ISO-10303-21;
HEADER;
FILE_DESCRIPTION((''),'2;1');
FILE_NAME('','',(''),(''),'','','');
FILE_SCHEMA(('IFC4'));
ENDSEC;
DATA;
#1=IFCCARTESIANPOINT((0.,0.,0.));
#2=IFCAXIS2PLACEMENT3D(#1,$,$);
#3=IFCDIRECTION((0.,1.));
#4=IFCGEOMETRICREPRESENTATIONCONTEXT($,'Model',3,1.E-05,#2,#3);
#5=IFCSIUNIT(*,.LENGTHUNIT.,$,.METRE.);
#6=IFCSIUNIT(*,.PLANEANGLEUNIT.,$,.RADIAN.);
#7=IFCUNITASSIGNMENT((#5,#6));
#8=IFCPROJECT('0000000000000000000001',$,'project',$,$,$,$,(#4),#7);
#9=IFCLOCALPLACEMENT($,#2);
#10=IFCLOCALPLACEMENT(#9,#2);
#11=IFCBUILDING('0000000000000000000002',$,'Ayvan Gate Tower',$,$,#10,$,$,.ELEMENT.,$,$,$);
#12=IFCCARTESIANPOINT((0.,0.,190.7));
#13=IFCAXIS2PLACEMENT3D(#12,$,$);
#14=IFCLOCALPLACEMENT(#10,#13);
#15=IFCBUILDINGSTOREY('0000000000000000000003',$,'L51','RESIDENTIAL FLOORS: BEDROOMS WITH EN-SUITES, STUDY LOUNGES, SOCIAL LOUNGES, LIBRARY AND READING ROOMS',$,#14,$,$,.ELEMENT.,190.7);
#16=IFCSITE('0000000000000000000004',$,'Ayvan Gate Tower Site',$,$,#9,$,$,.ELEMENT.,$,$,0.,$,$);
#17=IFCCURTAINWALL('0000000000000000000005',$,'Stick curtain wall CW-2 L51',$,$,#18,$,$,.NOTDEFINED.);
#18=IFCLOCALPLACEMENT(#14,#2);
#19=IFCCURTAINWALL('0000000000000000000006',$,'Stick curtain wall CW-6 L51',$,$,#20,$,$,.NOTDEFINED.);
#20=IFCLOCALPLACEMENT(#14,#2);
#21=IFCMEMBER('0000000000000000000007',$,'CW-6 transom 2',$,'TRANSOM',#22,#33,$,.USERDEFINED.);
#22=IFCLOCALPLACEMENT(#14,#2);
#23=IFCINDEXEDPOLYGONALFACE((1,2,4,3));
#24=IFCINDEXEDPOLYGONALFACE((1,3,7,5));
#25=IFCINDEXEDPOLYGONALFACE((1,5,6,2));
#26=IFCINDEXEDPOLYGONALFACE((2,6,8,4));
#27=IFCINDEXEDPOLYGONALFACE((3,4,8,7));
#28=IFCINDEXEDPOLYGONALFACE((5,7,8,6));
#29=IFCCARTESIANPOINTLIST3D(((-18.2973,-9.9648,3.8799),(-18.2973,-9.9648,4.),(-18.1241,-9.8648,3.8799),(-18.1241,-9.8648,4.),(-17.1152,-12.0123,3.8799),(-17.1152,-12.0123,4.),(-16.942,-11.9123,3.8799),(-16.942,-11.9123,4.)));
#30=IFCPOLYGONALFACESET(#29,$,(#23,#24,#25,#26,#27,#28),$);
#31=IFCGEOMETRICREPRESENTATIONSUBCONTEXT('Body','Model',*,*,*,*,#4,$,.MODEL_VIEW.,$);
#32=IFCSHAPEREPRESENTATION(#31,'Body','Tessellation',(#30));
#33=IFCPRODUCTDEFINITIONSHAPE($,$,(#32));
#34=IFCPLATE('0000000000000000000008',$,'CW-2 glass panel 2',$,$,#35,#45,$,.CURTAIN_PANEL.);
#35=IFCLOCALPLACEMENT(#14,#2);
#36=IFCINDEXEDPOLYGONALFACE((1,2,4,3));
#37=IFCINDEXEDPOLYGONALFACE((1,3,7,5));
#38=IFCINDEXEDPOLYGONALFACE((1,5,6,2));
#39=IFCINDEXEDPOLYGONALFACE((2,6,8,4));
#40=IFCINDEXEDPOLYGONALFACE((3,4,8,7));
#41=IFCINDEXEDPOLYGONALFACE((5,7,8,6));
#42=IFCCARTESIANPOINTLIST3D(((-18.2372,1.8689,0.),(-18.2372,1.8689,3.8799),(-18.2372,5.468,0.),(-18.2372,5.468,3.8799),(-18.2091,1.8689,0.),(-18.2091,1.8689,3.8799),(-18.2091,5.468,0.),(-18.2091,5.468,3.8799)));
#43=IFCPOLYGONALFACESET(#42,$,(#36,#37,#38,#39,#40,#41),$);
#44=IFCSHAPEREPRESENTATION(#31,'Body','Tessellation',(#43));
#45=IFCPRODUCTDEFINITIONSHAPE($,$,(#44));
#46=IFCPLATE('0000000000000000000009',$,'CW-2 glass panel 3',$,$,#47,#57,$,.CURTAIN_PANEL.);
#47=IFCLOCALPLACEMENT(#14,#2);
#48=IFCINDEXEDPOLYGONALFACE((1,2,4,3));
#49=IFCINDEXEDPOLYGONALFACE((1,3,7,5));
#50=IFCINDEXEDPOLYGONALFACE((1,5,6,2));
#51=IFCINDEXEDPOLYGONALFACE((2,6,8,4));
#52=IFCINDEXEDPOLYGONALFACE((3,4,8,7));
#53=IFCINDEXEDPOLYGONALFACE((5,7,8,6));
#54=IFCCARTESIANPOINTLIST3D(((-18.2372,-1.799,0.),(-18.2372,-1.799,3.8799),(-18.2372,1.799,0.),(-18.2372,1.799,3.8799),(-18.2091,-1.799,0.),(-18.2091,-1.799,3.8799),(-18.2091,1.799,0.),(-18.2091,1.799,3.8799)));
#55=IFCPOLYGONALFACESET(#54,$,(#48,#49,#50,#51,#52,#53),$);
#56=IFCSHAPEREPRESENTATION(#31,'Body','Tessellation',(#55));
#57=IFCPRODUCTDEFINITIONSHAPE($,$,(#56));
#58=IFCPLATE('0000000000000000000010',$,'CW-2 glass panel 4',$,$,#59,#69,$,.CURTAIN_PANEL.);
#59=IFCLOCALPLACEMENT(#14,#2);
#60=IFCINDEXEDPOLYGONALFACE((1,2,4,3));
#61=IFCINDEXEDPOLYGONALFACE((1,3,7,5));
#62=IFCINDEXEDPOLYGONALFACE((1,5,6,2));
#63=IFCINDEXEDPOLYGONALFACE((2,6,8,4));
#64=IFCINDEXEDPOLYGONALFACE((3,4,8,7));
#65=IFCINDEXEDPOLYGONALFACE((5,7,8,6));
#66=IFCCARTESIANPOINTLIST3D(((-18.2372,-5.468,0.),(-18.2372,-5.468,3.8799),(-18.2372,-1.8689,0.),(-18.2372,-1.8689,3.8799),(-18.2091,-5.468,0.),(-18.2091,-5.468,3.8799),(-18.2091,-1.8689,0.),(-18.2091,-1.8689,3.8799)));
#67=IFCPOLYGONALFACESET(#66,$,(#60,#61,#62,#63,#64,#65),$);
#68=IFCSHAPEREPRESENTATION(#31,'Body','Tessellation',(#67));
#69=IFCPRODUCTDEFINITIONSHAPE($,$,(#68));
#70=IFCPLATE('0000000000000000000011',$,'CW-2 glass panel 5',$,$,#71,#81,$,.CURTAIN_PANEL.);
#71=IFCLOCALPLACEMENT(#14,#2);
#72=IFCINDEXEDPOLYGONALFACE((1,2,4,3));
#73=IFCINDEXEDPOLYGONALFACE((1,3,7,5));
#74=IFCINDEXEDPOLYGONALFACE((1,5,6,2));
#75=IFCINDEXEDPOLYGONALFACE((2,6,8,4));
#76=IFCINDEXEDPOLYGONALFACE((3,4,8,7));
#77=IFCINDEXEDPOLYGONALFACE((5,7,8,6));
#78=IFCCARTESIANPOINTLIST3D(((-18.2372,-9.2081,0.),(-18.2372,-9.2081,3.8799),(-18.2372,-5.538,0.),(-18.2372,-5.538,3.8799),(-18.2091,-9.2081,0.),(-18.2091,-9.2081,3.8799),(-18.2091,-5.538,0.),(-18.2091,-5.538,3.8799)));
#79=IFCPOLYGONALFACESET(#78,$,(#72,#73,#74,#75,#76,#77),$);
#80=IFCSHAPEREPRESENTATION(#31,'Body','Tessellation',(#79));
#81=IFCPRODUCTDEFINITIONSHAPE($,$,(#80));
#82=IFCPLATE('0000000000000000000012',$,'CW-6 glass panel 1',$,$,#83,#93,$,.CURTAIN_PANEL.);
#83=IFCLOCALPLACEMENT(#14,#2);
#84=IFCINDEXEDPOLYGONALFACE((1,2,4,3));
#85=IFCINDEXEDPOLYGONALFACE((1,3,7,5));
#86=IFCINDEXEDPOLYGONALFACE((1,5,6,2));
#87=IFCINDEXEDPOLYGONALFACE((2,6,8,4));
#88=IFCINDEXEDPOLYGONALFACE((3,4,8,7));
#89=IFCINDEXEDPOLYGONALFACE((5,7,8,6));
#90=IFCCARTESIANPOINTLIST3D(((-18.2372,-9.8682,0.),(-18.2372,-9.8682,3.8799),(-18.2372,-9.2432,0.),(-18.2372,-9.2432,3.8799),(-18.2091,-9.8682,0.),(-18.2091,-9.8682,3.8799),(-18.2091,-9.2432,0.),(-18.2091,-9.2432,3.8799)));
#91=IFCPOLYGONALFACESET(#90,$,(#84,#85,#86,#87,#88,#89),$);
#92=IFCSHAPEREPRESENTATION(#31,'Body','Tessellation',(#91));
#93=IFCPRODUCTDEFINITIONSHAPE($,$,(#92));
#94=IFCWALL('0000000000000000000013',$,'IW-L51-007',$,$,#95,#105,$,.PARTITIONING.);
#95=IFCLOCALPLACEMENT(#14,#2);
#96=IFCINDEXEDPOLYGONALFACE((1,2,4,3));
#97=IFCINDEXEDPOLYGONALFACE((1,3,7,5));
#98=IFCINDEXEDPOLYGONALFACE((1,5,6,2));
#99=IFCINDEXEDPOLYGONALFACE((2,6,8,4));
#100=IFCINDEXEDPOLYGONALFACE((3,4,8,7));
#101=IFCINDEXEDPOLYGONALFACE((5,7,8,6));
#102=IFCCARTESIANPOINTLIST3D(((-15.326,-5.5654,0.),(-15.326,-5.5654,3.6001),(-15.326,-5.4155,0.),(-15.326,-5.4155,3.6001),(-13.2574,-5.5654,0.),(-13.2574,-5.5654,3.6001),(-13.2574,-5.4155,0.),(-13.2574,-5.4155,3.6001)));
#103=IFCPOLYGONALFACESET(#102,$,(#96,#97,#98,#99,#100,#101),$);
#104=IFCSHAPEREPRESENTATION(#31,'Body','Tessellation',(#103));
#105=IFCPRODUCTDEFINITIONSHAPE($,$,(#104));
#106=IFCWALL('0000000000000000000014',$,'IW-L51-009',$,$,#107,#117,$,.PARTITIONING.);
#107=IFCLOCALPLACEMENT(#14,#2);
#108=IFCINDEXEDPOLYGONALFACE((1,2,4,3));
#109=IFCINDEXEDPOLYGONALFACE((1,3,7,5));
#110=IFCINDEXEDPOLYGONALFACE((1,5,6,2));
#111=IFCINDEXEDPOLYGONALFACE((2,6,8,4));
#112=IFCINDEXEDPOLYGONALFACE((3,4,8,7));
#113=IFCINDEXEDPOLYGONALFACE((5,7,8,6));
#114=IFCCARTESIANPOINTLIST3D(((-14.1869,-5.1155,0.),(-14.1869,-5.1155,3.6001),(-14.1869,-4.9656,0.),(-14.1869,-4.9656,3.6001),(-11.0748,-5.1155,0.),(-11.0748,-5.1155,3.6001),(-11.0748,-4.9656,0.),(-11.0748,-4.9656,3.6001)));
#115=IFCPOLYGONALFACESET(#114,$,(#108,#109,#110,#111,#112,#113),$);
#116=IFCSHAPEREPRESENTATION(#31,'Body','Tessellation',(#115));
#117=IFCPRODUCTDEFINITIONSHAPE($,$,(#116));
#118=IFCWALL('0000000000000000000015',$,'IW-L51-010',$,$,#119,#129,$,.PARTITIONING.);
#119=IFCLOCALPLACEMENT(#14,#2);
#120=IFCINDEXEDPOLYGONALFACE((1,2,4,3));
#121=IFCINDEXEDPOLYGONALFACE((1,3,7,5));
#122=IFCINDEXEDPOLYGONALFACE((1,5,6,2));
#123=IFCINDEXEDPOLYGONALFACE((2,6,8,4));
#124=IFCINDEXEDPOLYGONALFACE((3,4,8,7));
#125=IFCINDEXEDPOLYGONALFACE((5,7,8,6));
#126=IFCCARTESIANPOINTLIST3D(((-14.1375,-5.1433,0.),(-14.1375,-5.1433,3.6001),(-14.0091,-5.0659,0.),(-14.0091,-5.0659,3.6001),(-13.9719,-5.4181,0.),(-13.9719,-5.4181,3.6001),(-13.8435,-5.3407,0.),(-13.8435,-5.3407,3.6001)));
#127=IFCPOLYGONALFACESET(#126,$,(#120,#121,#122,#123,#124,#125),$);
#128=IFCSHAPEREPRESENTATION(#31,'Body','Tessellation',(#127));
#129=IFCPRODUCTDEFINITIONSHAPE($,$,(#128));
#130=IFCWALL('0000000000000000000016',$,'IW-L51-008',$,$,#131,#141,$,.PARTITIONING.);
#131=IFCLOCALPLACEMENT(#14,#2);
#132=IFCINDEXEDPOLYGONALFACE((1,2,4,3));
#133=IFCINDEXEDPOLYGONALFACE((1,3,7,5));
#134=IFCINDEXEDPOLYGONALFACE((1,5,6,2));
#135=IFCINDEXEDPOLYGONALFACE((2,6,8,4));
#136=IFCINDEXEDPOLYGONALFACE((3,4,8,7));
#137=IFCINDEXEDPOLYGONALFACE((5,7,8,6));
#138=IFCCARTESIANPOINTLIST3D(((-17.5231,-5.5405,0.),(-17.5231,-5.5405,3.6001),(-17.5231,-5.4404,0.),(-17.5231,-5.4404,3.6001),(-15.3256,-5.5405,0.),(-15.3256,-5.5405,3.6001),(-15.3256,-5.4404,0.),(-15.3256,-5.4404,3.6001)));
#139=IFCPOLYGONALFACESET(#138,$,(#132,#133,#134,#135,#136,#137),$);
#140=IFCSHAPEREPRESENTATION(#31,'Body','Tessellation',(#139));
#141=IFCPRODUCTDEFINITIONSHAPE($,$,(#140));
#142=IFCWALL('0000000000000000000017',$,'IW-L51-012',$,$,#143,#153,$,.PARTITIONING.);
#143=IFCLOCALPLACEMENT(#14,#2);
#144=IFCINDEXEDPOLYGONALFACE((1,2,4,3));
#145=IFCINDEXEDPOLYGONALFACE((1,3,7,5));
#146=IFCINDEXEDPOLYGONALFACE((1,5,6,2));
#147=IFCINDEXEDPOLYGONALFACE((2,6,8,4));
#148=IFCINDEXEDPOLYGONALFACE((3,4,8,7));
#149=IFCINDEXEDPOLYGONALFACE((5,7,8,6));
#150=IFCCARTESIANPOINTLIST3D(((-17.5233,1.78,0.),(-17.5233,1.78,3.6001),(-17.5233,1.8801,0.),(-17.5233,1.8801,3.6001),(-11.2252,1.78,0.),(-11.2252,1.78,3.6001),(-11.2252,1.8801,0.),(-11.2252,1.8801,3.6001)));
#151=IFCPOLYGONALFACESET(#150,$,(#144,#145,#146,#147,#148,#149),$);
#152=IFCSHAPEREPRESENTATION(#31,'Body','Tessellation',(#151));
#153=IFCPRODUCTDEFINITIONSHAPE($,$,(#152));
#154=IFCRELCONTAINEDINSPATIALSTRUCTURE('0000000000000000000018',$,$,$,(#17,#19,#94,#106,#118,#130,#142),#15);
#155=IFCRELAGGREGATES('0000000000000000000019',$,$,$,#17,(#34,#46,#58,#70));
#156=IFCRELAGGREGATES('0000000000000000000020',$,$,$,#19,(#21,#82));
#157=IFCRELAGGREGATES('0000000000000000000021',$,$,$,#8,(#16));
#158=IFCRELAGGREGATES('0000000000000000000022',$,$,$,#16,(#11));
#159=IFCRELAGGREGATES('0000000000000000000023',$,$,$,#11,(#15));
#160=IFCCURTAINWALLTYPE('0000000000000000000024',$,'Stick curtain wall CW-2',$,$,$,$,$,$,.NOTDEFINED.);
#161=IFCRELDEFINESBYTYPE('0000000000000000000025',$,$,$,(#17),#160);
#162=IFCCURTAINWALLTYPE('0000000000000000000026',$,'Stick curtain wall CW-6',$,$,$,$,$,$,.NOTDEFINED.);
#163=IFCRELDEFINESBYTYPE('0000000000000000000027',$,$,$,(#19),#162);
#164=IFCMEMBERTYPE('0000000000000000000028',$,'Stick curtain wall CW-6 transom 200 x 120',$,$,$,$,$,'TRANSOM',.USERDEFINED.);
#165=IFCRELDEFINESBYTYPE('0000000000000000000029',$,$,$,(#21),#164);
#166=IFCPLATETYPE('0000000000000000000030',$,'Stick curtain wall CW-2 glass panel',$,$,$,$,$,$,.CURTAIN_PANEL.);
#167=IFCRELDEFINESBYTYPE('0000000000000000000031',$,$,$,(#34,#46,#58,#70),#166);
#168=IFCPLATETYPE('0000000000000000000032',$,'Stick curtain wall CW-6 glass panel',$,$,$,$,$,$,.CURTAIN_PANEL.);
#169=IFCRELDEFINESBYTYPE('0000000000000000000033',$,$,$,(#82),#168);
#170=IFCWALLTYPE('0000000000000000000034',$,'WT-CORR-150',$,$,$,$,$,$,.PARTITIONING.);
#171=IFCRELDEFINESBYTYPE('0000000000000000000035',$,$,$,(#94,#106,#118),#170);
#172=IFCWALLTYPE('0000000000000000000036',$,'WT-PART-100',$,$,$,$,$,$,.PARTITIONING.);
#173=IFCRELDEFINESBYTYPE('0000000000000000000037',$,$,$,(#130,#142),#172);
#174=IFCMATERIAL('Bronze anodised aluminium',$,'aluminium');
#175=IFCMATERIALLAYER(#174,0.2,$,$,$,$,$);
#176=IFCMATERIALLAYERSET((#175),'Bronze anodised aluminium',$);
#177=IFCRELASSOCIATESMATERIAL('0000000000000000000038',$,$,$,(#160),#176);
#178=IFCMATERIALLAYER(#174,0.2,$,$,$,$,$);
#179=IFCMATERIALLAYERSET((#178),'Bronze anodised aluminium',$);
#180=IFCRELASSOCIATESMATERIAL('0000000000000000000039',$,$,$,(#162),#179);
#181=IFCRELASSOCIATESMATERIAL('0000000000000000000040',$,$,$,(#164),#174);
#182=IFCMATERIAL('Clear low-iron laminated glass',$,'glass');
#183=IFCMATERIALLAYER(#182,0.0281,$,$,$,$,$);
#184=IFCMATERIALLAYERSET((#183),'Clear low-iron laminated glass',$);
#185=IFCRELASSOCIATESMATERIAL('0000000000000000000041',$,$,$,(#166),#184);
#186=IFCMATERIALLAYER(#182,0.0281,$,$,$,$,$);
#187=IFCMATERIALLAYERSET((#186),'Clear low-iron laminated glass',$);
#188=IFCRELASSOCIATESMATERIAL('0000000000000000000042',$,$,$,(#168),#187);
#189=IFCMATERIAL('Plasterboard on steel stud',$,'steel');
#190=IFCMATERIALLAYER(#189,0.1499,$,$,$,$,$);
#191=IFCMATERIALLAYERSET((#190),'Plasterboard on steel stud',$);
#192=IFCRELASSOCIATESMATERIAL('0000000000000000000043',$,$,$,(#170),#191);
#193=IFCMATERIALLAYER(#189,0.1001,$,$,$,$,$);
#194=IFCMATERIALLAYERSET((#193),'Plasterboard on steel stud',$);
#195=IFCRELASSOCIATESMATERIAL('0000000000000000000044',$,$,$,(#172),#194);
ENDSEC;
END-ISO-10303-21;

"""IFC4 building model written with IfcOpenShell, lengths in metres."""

from ifc_helpers import new_model, si_unit, direction, frame, frame_2d, origin, origin_2d, place, context, subcontext, project, spatial, rectangle, extrude, material, layer, layer_set, material_profile, profile_set, type_object, element, aggregate, save


model = new_model("IFC4")

# Units and contexts
model_context = context("Model", 3, precision=1e-05, world=origin(), true_north=direction((0.0, 1.0)))
body_context = subcontext(model_context, "Body", "Model", "MODEL_VIEW")
ifc_project = project(units=[si_unit("LENGTHUNIT", "METRE"), si_unit("PLANEANGLEUNIT", "RADIAN")], contexts=[model_context])

# Site, building, storey
site_placement = place(None, origin())
site = spatial("IfcSite", under=ifc_project, at=site_placement, Name="Ayvan Gate Tower Site", CompositionType="ELEMENT", RefElevation=0.0)
building_placement = place(site_placement, origin())
building = spatial("IfcBuilding", under=site, at=building_placement, Name="Ayvan Gate Tower", CompositionType="ELEMENT")
storey_placement = place(building_placement, frame((0.0, 0.0, 190.7)))
storey = spatial("IfcBuildingStorey", under=building, at=storey_placement, Name="L51", Description="RESIDENTIAL FLOORS: BEDROOMS WITH EN-SUITES, STUDY LOUNGES, SOCIAL LOUNGES, LIBRARY AND READING ROOMS", CompositionType="ELEMENT", Elevation=190.7)

# Curtain walls, member
ifc_material_1 = material(Name="Bronze anodised aluminium", Category="aluminium")
ifc_layer_1 = layer(ifc_material_1, 0.2)
ifc_layer_set_1 = layer_set([ifc_layer_1], Name="Bronze anodised aluminium")
curtain_wall_type_1 = type_object("IfcCurtainWallType", Name="Stick curtain wall CW-2", PredefinedType="NOTDEFINED", material=ifc_layer_set_1)
curtain_wall_1_placement = place(storey_placement, origin())
curtain_wall_1 = element("IfcCurtainWall", 1, at=curtain_wall_1_placement, inside=storey, type_object=curtain_wall_type_1, Name="Stick curtain wall CW-2 L51", PredefinedType="NOTDEFINED")
ifc_layer_2 = layer(ifc_material_1, 0.2)
ifc_layer_set_2 = layer_set([ifc_layer_2], Name="Bronze anodised aluminium")
curtain_wall_type_2 = type_object("IfcCurtainWallType", Name="Stick curtain wall CW-6", PredefinedType="NOTDEFINED", material=ifc_layer_set_2)
curtain_wall_2_placement = place(storey_placement, origin())
curtain_wall_2 = element("IfcCurtainWall", 2, at=curtain_wall_2_placement, inside=storey, type_object=curtain_wall_type_2, Name="Stick curtain wall CW-6 L51", PredefinedType="NOTDEFINED")
ifc_material_profile_1 = material_profile(ifc_material_1, rectangle(XDim=0.2, YDim=0.1201, at=origin_2d()), Name="Stick curtain wall CW-6 transom 200 x 120")
ifc_profile_set_1 = profile_set([ifc_material_profile_1], Name="Bronze anodised aluminium")
member_type_1 = type_object("IfcMemberType", Name="Stick curtain wall CW-6 transom 200 x 120", ElementType="TRANSOM", PredefinedType="USERDEFINED", material=ifc_profile_set_1)
member_1_placement = place(storey_placement, frame((-18.2107, -9.9148, 3.9399), z_axis=(0.499982, -0.866036, 0.0), x_axis=(0.866036, 0.499982, 0.0)))
member_1 = element("IfcMember", 3, at=member_1_placement, type_object=member_type_1, Name="CW-6 transom 2", ObjectType="TRANSOM", PredefinedType="USERDEFINED", context=body_context, shape_type="SweptSolid", body=[
    extrude(rectangle(XDim=0.2, YDim=0.1201, at=origin_2d()), origin(), (0.0, 0.0, 1.0), 2.3643),
])

# Plates
ifc_material_2 = material(Name="Clear low-iron laminated glass", Category="glass")
ifc_layer_3 = layer(ifc_material_2, 0.0281)
ifc_layer_set_3 = layer_set([ifc_layer_3], Name="Clear low-iron laminated glass")
plate_type_1 = type_object("IfcPlateType", Name="Stick curtain wall CW-2 glass panel", PredefinedType="CURTAIN_PANEL", material=ifc_layer_set_3)
plate_1_placement = place(storey_placement, frame((-18.2231, 3.6685, 0.0), z_axis=(0.0, 0.0, 1.0), x_axis=(0.0, -1.0, 0.0)))
plate_1 = element("IfcPlate", 4, at=plate_1_placement, type_object=plate_type_1, Name="CW-2 glass panel 2", PredefinedType="CURTAIN_PANEL", context=body_context, shape_type="SweptSolid", body=[
    extrude(rectangle(XDim=3.5991, YDim=0.0281, at=origin_2d()), origin(), (0.0, 0.0, 1.0), 3.8799),
])
plate_2_placement = place(storey_placement, frame((-18.2231, 0.0, 0.0), z_axis=(0.0, 0.0, 1.0), x_axis=(0.0, -1.0, 0.0)))
plate_2 = element("IfcPlate", 5, at=plate_2_placement, type_object=plate_type_1, Name="CW-2 glass panel 3", PredefinedType="CURTAIN_PANEL", context=body_context, shape_type="SweptSolid", body=[
    extrude(rectangle(XDim=3.5979, YDim=0.0281, at=origin_2d()), origin(), (0.0, 0.0, 1.0), 3.8799),
])
plate_3_placement = place(storey_placement, frame((-18.2231, -3.6685, 0.0), z_axis=(0.0, 0.0, 1.0), x_axis=(0.0, -1.0, 0.0)))
plate_3 = element("IfcPlate", 6, at=plate_3_placement, type_object=plate_type_1, Name="CW-2 glass panel 4", PredefinedType="CURTAIN_PANEL", context=body_context, shape_type="SweptSolid", body=[
    extrude(rectangle(XDim=3.5991, YDim=0.0281, at=origin_2d()), origin(), (0.0, 0.0, 1.0), 3.8799),
])
plate_4_placement = place(storey_placement, frame((-18.2231, -7.373, 0.0), z_axis=(0.0, 0.0, 1.0), x_axis=(0.0, -1.0, 0.0)))
plate_4 = element("IfcPlate", 7, at=plate_4_placement, type_object=plate_type_1, Name="CW-2 glass panel 5", PredefinedType="CURTAIN_PANEL", context=body_context, shape_type="SweptSolid", body=[
    extrude(rectangle(XDim=3.6702, YDim=0.0281, at=origin_2d()), origin(), (0.0, 0.0, 1.0), 3.8799),
])
aggregate(curtain_wall_1, [plate_1, plate_2, plate_3, plate_4])
ifc_layer_4 = layer(ifc_material_2, 0.0281)
ifc_layer_set_4 = layer_set([ifc_layer_4], Name="Clear low-iron laminated glass")
plate_type_2 = type_object("IfcPlateType", Name="Stick curtain wall CW-6 glass panel", PredefinedType="CURTAIN_PANEL", material=ifc_layer_set_4)
plate_5_placement = place(storey_placement, frame((-18.2231, -9.5557, 0.0), z_axis=(0.0, 0.0, 1.0), x_axis=(0.0, -1.0, 0.0)))
plate_5 = element("IfcPlate", 8, at=plate_5_placement, type_object=plate_type_2, Name="CW-6 glass panel 1", PredefinedType="CURTAIN_PANEL", context=body_context, shape_type="SweptSolid", body=[
    extrude(rectangle(XDim=0.625, YDim=0.0281, at=origin_2d()), origin(), (0.0, 0.0, 1.0), 3.8799),
])
aggregate(curtain_wall_2, [member_1, plate_5])

# Walls
ifc_material_3 = material(Name="Plasterboard on steel stud", Category="steel")
ifc_layer_5 = layer(ifc_material_3, 0.1499)
ifc_layer_set_5 = layer_set([ifc_layer_5], Name="Plasterboard on steel stud")
wall_type_1 = type_object("IfcWallType", Name="WT-CORR-150", PredefinedType="PARTITIONING", material=ifc_layer_set_5)
wall_1_placement = place(storey_placement, frame((-15.3259, -5.4905, 0.0), z_axis=(0.0, 0.0, 1.0), x_axis=(1.0, 0.0, 0.0)))
element("IfcWall", 9, at=wall_1_placement, inside=storey, type_object=wall_type_1, Name="IW-L51-007", PredefinedType="PARTITIONING", context=body_context, shape_type="SweptSolid", body=[
    extrude(rectangle(XDim=2.0686, YDim=0.1499, at=frame_2d((1.0342, 0.0))), origin(), (0.0, 0.0, 1.0), 3.6001),
])
wall_2_placement = place(storey_placement, frame((-14.187, -5.0405, 0.0), z_axis=(0.0, 0.0, 1.0), x_axis=(1.0, 0.0, 0.0)))
element("IfcWall", 10, at=wall_2_placement, inside=storey, type_object=wall_type_1, Name="IW-L51-009", PredefinedType="PARTITIONING", context=body_context, shape_type="SweptSolid", body=[
    extrude(rectangle(XDim=3.1121, YDim=0.1499, at=frame_2d((1.5562, 0.0))), origin(), (0.0, 0.0, 1.0), 3.6001),
])
wall_3_placement = place(storey_placement, frame((-13.9077, -5.3794, 0.0), z_axis=(0.0, 0.0, 1.0), x_axis=(-0.516174, 0.856484, 0.0)))
element("IfcWall", 11, at=wall_3_placement, inside=storey, type_object=wall_type_1, Name="IW-L51-010", PredefinedType="PARTITIONING", context=body_context, shape_type="SweptSolid", body=[
    extrude(rectangle(XDim=0.3208, YDim=0.1499, at=frame_2d((0.1604, 0.0))), origin(), (0.0, 0.0, 1.0), 3.6001),
])
ifc_layer_6 = layer(ifc_material_3, 0.1001)
ifc_layer_set_6 = layer_set([ifc_layer_6], Name="Plasterboard on steel stud")
wall_type_2 = type_object("IfcWallType", Name="WT-PART-100", PredefinedType="PARTITIONING", material=ifc_layer_set_6)
wall_4_placement = place(storey_placement, frame((-15.3257, -5.4905, 0.0), z_axis=(0.0, 0.0, 1.0), x_axis=(-1.0, 0.0, 0.0)))
element("IfcWall", 12, at=wall_4_placement, inside=storey, type_object=wall_type_2, Name="IW-L51-008", PredefinedType="PARTITIONING", context=body_context, shape_type="SweptSolid", body=[
    extrude(rectangle(XDim=2.1975, YDim=0.1001, at=frame_2d((1.0986, 0.0))), origin(), (0.0, 0.0, 1.0), 3.6001),
])
wall_5_placement = place(storey_placement, frame((-17.5232, 1.8301, 0.0), z_axis=(0.0, 0.0, 1.0), x_axis=(1.0, 0.0, 0.0)))
element("IfcWall", 13, at=wall_5_placement, inside=storey, type_object=wall_type_2, Name="IW-L51-012", PredefinedType="PARTITIONING", context=body_context, shape_type="SweptSolid", body=[
    extrude(rectangle(XDim=6.2981, YDim=0.1001, at=frame_2d((3.1489, 0.0))), origin(), (0.0, 0.0, 1.0), 3.6001),
])

save(model, "model.ifc")
